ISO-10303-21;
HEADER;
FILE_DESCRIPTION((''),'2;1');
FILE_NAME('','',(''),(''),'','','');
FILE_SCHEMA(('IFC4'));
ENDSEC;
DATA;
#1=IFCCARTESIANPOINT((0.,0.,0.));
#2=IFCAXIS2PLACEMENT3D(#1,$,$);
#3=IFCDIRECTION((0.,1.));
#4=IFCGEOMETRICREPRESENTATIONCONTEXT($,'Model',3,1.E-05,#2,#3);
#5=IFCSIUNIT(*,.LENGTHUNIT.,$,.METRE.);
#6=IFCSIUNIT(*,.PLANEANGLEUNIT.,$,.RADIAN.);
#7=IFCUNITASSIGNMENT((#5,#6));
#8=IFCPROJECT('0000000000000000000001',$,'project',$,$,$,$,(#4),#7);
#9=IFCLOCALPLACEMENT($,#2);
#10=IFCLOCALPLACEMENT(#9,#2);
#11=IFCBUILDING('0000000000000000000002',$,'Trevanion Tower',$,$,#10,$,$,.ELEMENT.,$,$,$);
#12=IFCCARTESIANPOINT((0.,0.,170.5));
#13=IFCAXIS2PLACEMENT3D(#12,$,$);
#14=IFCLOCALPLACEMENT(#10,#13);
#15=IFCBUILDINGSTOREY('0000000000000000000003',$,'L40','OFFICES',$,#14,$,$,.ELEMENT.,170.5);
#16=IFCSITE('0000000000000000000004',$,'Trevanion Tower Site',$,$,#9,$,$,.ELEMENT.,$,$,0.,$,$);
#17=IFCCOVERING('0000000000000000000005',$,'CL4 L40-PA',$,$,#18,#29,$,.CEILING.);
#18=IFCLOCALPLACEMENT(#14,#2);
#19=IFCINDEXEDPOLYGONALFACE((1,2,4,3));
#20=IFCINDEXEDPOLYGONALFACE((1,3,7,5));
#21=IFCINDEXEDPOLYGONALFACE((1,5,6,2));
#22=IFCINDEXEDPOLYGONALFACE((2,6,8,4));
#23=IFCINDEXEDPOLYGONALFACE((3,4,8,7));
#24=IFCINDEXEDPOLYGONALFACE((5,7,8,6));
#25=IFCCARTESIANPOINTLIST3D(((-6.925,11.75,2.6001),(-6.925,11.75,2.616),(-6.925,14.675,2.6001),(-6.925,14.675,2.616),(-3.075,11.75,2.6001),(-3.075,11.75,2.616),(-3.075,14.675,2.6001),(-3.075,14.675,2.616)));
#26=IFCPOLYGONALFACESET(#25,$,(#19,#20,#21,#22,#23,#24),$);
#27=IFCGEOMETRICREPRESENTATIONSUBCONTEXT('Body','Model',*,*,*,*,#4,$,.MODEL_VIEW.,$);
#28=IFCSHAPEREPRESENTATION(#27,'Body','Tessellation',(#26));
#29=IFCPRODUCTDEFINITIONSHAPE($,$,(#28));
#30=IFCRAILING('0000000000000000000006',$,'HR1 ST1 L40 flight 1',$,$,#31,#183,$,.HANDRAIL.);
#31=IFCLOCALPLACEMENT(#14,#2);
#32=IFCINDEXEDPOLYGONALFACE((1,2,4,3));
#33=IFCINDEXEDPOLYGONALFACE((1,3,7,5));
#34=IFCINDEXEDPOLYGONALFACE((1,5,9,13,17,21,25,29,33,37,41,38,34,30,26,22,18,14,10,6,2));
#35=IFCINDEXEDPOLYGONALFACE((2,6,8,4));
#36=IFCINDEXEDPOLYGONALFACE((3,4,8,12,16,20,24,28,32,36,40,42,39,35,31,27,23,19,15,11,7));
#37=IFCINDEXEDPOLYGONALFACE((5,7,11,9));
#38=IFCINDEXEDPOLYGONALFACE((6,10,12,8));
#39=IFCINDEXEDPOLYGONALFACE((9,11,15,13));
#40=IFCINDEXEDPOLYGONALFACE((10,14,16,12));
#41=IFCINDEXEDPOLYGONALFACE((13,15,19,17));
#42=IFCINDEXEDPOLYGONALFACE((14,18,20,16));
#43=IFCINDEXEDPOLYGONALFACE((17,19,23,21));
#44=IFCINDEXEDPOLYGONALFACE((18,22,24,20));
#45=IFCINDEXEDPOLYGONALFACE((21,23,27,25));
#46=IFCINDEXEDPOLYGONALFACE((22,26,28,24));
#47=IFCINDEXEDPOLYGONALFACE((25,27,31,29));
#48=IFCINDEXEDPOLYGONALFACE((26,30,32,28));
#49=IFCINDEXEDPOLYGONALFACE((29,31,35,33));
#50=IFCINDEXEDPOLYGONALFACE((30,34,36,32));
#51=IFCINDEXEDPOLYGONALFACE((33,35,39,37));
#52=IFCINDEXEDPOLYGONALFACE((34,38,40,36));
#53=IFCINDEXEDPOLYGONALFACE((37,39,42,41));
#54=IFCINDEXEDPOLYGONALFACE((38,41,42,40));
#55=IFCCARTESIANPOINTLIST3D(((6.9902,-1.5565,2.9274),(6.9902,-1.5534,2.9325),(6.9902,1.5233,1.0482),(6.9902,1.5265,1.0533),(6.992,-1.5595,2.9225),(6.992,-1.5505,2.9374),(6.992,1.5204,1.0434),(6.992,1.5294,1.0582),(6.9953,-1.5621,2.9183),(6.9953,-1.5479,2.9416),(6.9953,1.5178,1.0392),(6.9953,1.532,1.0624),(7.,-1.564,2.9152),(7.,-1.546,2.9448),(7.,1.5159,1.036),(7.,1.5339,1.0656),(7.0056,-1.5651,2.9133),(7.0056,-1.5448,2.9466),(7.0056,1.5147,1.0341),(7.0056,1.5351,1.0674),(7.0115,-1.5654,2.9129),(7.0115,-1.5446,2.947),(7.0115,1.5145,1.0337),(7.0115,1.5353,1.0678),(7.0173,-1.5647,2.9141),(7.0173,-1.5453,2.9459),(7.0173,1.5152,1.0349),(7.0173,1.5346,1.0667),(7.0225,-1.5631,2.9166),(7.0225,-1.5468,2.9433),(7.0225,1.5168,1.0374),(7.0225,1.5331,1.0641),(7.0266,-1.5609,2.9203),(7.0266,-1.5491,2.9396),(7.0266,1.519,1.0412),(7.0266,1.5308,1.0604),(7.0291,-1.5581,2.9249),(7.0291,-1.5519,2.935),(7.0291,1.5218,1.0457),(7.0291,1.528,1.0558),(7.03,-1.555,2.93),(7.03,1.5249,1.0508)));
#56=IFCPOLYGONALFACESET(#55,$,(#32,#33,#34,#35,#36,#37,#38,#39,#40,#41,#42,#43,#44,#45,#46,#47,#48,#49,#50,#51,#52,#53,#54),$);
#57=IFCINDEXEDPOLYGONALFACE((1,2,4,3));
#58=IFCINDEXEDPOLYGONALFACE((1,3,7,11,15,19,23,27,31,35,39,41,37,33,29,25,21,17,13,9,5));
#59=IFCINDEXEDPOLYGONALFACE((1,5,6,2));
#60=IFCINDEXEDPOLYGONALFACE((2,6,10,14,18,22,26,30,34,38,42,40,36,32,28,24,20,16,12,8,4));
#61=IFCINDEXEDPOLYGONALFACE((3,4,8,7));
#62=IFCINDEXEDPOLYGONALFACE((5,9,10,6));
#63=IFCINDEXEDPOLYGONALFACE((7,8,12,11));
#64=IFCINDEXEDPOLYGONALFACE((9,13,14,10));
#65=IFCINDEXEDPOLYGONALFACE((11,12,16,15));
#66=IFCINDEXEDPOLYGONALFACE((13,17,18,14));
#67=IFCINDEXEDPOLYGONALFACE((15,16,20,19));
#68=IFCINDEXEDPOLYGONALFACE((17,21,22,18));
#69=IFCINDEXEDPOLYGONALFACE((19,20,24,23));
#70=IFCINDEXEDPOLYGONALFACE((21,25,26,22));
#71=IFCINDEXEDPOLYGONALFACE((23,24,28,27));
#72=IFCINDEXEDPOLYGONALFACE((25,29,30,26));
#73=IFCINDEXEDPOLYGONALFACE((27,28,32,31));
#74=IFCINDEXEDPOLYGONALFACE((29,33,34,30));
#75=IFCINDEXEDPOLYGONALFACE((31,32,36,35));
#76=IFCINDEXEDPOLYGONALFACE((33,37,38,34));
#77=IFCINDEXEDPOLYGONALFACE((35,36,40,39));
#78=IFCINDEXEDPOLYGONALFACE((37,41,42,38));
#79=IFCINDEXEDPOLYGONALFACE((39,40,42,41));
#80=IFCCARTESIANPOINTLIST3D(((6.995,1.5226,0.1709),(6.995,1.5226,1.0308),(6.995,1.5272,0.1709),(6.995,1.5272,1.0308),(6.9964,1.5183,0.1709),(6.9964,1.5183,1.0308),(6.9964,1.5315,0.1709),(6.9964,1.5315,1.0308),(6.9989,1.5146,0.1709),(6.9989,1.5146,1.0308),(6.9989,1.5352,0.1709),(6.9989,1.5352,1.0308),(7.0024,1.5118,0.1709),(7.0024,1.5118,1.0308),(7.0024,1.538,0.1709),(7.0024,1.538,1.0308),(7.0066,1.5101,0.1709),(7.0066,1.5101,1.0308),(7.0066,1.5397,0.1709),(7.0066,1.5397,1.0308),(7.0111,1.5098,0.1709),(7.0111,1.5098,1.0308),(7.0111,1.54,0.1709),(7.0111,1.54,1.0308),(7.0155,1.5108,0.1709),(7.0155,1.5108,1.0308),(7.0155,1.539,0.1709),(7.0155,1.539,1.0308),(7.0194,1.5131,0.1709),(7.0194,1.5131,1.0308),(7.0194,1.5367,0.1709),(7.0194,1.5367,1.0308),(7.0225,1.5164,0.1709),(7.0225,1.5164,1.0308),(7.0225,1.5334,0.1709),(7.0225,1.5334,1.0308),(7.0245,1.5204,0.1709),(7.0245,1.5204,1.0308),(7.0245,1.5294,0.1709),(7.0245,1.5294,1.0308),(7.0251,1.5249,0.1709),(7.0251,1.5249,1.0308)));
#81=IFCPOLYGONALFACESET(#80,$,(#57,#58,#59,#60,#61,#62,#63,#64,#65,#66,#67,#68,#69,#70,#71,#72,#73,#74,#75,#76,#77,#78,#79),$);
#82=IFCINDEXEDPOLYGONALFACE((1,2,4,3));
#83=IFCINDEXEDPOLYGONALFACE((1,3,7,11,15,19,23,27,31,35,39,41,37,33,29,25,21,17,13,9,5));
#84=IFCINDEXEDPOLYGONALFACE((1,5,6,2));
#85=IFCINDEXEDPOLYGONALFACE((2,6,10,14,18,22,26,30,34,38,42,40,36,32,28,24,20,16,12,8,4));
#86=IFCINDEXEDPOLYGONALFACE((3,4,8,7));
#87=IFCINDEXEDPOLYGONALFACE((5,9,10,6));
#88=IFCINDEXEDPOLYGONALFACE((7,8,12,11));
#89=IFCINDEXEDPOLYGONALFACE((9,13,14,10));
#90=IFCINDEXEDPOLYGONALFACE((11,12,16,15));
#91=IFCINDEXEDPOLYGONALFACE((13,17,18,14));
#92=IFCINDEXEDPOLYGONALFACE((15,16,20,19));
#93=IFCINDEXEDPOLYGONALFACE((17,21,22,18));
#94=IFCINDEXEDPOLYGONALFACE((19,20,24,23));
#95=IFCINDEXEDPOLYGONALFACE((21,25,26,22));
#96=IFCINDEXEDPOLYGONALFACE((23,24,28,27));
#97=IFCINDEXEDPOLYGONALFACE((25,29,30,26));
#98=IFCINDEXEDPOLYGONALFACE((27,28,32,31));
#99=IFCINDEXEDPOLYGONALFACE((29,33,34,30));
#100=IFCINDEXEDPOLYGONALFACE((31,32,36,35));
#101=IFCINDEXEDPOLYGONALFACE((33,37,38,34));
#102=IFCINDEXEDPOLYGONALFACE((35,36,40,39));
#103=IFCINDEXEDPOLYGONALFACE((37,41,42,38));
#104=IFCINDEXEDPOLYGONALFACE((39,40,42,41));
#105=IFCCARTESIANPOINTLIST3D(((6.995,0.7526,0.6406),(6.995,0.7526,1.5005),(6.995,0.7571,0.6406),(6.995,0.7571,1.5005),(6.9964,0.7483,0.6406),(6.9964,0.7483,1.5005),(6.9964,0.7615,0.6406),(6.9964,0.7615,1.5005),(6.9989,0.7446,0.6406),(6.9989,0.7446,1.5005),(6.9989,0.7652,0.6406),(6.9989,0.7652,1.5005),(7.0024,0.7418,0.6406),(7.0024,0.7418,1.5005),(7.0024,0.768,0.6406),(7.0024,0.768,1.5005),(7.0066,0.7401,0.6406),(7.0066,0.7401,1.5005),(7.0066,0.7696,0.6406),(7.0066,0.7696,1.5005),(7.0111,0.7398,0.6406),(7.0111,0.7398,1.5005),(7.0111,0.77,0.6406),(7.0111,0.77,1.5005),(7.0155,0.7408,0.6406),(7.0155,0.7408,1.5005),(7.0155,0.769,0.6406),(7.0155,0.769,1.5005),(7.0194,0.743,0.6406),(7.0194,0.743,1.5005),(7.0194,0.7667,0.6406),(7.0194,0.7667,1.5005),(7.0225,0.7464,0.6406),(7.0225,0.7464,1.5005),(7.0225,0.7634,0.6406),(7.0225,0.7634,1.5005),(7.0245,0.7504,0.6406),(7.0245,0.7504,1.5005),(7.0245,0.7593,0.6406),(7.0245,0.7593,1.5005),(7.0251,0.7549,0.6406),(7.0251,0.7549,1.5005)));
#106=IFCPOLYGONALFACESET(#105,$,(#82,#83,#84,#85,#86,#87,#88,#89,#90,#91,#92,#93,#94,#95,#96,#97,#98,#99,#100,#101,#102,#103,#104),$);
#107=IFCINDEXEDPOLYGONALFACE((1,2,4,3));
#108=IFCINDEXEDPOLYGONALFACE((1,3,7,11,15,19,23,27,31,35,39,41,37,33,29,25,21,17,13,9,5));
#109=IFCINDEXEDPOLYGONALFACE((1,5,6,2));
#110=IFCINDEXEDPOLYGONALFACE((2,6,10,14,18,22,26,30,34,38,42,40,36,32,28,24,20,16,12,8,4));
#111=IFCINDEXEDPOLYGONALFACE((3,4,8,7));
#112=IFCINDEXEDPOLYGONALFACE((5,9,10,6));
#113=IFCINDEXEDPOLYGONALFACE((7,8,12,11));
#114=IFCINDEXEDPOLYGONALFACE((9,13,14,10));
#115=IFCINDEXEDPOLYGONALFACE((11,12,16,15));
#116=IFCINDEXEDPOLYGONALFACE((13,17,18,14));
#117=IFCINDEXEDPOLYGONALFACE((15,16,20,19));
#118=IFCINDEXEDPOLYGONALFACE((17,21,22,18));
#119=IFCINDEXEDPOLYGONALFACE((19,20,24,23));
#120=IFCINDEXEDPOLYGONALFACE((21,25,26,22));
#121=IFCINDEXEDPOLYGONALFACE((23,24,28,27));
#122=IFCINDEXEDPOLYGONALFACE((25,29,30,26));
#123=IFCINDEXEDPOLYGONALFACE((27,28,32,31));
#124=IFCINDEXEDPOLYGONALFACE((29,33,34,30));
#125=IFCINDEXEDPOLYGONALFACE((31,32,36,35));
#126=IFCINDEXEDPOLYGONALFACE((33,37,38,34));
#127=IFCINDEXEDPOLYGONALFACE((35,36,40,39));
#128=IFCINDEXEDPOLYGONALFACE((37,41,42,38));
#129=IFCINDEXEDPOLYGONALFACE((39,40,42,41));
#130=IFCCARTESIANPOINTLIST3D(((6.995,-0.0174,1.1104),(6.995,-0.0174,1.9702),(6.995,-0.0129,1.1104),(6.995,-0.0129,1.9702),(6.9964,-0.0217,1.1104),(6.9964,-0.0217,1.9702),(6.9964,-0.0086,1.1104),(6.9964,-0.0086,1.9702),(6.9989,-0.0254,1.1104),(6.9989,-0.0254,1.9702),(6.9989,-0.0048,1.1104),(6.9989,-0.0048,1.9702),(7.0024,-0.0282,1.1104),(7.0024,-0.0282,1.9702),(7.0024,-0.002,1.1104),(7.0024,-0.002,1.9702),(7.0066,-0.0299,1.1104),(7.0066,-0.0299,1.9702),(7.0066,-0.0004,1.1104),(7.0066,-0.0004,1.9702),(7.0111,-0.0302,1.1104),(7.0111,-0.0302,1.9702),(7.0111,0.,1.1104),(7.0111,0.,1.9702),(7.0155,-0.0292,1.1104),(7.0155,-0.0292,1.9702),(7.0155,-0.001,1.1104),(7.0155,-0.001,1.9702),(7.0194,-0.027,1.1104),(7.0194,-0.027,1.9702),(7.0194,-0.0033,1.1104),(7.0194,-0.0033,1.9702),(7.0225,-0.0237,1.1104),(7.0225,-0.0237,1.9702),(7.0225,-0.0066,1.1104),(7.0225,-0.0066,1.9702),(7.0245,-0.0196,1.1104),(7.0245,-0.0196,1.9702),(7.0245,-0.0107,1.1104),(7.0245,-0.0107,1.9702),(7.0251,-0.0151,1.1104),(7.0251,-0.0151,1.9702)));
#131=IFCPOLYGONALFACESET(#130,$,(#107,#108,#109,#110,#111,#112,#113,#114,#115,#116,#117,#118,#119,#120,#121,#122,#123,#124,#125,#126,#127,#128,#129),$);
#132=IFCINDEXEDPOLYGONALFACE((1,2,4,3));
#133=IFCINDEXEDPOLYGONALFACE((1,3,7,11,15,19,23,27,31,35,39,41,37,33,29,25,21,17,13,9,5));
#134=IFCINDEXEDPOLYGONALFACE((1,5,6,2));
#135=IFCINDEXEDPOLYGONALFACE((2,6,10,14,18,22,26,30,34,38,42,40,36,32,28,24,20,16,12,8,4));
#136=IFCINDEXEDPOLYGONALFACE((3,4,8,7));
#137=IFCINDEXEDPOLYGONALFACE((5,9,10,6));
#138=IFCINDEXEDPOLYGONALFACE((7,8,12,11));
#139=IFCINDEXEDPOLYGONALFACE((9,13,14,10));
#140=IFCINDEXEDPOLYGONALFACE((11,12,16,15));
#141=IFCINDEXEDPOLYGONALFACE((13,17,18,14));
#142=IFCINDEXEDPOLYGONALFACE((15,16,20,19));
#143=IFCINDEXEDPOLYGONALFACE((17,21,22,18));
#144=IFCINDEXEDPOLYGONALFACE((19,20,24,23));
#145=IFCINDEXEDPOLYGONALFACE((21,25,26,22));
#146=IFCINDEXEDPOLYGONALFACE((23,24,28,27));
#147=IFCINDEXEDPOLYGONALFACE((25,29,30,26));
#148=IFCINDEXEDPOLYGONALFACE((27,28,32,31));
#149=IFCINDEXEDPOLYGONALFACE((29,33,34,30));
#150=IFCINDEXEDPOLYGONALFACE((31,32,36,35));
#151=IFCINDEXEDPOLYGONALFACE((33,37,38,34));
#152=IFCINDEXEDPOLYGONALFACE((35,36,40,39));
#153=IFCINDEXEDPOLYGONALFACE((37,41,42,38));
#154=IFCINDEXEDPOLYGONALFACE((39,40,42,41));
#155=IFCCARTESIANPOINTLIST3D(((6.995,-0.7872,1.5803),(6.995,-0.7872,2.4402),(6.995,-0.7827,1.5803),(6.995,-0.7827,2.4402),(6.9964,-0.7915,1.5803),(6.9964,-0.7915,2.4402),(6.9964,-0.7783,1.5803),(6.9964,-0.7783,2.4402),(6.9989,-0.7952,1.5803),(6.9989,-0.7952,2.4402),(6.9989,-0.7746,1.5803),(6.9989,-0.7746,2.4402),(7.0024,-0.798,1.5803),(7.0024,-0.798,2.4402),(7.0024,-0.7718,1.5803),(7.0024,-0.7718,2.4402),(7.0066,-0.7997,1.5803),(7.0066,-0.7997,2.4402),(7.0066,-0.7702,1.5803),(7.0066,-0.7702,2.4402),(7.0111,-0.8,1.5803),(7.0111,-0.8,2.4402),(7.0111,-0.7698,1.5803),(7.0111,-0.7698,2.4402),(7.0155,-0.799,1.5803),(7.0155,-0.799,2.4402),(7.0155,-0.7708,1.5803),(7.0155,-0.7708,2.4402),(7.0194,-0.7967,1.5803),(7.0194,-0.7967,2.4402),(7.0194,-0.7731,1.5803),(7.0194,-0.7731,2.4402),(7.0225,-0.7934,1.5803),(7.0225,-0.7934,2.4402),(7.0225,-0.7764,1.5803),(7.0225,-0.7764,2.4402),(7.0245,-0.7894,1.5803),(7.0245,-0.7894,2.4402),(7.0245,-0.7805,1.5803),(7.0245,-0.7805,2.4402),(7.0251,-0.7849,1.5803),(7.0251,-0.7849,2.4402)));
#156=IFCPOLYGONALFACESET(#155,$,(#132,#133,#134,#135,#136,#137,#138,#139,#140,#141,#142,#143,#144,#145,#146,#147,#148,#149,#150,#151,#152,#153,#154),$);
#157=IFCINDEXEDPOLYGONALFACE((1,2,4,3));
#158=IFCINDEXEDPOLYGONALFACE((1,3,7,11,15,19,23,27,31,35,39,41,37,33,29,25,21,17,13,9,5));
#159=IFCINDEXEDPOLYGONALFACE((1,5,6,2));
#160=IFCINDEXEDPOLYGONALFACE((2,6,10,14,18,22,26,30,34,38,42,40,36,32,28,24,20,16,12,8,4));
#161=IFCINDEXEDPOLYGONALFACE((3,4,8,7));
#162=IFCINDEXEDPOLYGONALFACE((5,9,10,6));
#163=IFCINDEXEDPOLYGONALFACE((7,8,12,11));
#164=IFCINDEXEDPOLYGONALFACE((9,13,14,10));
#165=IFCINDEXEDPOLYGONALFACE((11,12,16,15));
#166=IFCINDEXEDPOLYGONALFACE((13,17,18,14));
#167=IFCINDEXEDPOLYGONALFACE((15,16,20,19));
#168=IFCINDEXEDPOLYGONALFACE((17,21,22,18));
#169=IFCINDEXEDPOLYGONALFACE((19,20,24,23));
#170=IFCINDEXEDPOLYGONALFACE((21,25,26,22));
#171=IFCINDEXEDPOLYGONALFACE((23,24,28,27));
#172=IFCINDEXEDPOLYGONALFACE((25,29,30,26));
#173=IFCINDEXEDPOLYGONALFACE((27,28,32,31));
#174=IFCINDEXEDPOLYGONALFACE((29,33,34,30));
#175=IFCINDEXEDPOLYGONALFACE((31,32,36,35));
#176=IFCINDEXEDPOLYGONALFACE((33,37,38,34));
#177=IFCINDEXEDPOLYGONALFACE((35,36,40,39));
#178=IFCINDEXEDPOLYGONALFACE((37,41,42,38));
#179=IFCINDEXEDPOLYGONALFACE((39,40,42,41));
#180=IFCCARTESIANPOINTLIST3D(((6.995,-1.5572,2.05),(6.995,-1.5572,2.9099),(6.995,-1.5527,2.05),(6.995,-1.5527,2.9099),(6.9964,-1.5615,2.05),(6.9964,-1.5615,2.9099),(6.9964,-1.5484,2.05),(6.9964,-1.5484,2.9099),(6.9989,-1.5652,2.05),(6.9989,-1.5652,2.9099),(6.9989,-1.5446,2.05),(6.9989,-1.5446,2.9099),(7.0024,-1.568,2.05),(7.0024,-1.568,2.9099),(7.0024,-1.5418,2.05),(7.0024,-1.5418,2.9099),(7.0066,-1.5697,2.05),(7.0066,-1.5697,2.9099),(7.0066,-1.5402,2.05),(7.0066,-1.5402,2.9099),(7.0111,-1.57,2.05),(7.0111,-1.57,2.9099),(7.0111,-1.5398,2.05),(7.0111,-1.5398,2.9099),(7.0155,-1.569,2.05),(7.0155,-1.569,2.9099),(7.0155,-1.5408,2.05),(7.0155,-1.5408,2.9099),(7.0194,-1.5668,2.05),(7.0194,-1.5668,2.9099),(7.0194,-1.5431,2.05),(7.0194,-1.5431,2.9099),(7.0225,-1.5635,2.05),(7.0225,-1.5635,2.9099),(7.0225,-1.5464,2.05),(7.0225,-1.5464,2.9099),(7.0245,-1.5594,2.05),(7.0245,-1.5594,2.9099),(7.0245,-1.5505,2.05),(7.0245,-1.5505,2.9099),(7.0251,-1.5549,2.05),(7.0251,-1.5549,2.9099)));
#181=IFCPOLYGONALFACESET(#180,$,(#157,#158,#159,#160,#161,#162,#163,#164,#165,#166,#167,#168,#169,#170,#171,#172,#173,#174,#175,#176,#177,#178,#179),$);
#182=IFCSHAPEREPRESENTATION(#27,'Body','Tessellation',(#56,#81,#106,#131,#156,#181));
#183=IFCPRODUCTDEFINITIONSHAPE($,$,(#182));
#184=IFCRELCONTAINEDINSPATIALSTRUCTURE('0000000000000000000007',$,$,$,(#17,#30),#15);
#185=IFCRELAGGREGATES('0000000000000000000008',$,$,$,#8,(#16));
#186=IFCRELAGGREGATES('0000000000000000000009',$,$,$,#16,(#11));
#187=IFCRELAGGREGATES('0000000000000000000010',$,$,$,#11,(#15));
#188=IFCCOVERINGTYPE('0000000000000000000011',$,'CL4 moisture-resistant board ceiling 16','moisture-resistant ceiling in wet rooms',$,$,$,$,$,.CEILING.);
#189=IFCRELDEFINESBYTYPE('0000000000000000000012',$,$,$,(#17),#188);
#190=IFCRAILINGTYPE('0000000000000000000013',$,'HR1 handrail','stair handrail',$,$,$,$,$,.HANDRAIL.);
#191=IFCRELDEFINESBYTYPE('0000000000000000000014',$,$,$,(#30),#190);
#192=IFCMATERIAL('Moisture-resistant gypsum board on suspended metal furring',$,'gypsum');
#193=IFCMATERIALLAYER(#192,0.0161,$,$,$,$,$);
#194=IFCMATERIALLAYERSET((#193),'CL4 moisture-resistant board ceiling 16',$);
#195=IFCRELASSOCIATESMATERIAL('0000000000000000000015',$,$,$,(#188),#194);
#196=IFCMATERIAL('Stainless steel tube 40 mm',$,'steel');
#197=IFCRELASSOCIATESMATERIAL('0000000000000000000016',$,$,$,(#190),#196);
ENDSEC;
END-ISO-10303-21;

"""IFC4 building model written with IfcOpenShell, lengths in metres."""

from ifc_helpers import new_model, si_unit, direction, frame, origin, origin_2d, place, context, subcontext, project, spatial, polyline, circle, outline, extrude, material, layer, layer_set, type_object, element, save


model = new_model("IFC4")

# Units and contexts
model_context = context("Model", 3, precision=1e-05, world=origin(), true_north=direction((0.0, 1.0)))
body_context = subcontext(model_context, "Body", "Model", "MODEL_VIEW")
ifc_project = project(units=[si_unit("LENGTHUNIT", "METRE"), si_unit("PLANEANGLEUNIT", "RADIAN")], contexts=[model_context])

# Site, building, storey
site_placement = place(None, origin())
site = spatial("IfcSite", under=ifc_project, at=site_placement, Name="Trevanion Tower Site", CompositionType="ELEMENT", RefElevation=0.0)
building_placement = place(site_placement, origin())
building = spatial("IfcBuilding", under=site, at=building_placement, Name="Trevanion Tower", CompositionType="ELEMENT")
storey_placement = place(building_placement, frame((0.0, 0.0, 170.5)))
storey = spatial("IfcBuildingStorey", under=building, at=storey_placement, Name="L40", Description="OFFICES", CompositionType="ELEMENT", Elevation=170.5)

# Covering
ifc_material_1 = material(Name="Moisture-resistant gypsum board on suspended metal furring", Category="gypsum")
ifc_layer_1 = layer(ifc_material_1, 0.0161)
ifc_layer_set_1 = layer_set([ifc_layer_1], Name="CL4 moisture-resistant board ceiling 16")
covering_type_1 = type_object("IfcCoveringType", Name="CL4 moisture-resistant board ceiling 16", Description="moisture-resistant ceiling in wet rooms", PredefinedType="CEILING", material=ifc_layer_set_1)
covering_1_placement = place(storey_placement, frame((0.0, 0.0, 2.6001)))
element("IfcCovering", 1, at=covering_1_placement, inside=storey, type_object=covering_type_1, Name="CL4 L40-PA", PredefinedType="CEILING", context=body_context, shape_type="SweptSolid", body=[
    extrude(outline(polyline([(-6.925, 14.675), (-3.075, 14.675), (-3.075, 11.75), (-6.925, 11.75), (-6.925, 14.675)])), origin(), (0.0, 0.0, 1.0), 0.0159),
])

# Railing
ifc_material_2 = material(Name="Stainless steel tube 40 mm", Category="steel")
railing_type = type_object("IfcRailingType", Name="HR1 handrail", Description="stair handrail", PredefinedType="HANDRAIL", material=ifc_material_2)
for number, where, name in (
    (2, (7.01, 1.5249, 0.1709), "HR1 ST1 L40 flight 1"),
):
    element("IfcRailing", number, at=place(storey_placement, frame(where)), inside=storey, type_object=railing_type, Name=name, PredefinedType="HANDRAIL", context=body_context, shape_type="SweptSolid", body=[
        extrude(circle(Radius=0.02, at=origin_2d()), frame((0.0, 0.0, 0.8799), z_axis=(0.0, -0.853648, 0.52085), x_axis=(1.0, 0.0, 0.0)), (0.0, 0.0, 1.0), 3.6079),
        extrude(circle(Radius=0.0151, at=origin_2d()), origin(), (0.0, 0.0, 1.0), 0.8599),
        extrude(circle(Radius=0.0151, at=origin_2d()), frame((0.0, -0.77, 0.4697)), (0.0, 0.0, 1.0), 0.8599),
        extrude(circle(Radius=0.0151, at=origin_2d()), frame((0.0, -1.54, 0.9395)), (0.0, 0.0, 1.0), 0.8599),
        extrude(circle(Radius=0.0151, at=origin_2d()), frame((0.0, -2.3098, 1.4094)), (0.0, 0.0, 1.0), 0.8599),
        extrude(circle(Radius=0.0151, at=origin_2d()), frame((0.0, -3.0798, 1.8792)), (0.0, 0.0, 1.0), 0.8599),
    ])

save(model, "model.ifc")
